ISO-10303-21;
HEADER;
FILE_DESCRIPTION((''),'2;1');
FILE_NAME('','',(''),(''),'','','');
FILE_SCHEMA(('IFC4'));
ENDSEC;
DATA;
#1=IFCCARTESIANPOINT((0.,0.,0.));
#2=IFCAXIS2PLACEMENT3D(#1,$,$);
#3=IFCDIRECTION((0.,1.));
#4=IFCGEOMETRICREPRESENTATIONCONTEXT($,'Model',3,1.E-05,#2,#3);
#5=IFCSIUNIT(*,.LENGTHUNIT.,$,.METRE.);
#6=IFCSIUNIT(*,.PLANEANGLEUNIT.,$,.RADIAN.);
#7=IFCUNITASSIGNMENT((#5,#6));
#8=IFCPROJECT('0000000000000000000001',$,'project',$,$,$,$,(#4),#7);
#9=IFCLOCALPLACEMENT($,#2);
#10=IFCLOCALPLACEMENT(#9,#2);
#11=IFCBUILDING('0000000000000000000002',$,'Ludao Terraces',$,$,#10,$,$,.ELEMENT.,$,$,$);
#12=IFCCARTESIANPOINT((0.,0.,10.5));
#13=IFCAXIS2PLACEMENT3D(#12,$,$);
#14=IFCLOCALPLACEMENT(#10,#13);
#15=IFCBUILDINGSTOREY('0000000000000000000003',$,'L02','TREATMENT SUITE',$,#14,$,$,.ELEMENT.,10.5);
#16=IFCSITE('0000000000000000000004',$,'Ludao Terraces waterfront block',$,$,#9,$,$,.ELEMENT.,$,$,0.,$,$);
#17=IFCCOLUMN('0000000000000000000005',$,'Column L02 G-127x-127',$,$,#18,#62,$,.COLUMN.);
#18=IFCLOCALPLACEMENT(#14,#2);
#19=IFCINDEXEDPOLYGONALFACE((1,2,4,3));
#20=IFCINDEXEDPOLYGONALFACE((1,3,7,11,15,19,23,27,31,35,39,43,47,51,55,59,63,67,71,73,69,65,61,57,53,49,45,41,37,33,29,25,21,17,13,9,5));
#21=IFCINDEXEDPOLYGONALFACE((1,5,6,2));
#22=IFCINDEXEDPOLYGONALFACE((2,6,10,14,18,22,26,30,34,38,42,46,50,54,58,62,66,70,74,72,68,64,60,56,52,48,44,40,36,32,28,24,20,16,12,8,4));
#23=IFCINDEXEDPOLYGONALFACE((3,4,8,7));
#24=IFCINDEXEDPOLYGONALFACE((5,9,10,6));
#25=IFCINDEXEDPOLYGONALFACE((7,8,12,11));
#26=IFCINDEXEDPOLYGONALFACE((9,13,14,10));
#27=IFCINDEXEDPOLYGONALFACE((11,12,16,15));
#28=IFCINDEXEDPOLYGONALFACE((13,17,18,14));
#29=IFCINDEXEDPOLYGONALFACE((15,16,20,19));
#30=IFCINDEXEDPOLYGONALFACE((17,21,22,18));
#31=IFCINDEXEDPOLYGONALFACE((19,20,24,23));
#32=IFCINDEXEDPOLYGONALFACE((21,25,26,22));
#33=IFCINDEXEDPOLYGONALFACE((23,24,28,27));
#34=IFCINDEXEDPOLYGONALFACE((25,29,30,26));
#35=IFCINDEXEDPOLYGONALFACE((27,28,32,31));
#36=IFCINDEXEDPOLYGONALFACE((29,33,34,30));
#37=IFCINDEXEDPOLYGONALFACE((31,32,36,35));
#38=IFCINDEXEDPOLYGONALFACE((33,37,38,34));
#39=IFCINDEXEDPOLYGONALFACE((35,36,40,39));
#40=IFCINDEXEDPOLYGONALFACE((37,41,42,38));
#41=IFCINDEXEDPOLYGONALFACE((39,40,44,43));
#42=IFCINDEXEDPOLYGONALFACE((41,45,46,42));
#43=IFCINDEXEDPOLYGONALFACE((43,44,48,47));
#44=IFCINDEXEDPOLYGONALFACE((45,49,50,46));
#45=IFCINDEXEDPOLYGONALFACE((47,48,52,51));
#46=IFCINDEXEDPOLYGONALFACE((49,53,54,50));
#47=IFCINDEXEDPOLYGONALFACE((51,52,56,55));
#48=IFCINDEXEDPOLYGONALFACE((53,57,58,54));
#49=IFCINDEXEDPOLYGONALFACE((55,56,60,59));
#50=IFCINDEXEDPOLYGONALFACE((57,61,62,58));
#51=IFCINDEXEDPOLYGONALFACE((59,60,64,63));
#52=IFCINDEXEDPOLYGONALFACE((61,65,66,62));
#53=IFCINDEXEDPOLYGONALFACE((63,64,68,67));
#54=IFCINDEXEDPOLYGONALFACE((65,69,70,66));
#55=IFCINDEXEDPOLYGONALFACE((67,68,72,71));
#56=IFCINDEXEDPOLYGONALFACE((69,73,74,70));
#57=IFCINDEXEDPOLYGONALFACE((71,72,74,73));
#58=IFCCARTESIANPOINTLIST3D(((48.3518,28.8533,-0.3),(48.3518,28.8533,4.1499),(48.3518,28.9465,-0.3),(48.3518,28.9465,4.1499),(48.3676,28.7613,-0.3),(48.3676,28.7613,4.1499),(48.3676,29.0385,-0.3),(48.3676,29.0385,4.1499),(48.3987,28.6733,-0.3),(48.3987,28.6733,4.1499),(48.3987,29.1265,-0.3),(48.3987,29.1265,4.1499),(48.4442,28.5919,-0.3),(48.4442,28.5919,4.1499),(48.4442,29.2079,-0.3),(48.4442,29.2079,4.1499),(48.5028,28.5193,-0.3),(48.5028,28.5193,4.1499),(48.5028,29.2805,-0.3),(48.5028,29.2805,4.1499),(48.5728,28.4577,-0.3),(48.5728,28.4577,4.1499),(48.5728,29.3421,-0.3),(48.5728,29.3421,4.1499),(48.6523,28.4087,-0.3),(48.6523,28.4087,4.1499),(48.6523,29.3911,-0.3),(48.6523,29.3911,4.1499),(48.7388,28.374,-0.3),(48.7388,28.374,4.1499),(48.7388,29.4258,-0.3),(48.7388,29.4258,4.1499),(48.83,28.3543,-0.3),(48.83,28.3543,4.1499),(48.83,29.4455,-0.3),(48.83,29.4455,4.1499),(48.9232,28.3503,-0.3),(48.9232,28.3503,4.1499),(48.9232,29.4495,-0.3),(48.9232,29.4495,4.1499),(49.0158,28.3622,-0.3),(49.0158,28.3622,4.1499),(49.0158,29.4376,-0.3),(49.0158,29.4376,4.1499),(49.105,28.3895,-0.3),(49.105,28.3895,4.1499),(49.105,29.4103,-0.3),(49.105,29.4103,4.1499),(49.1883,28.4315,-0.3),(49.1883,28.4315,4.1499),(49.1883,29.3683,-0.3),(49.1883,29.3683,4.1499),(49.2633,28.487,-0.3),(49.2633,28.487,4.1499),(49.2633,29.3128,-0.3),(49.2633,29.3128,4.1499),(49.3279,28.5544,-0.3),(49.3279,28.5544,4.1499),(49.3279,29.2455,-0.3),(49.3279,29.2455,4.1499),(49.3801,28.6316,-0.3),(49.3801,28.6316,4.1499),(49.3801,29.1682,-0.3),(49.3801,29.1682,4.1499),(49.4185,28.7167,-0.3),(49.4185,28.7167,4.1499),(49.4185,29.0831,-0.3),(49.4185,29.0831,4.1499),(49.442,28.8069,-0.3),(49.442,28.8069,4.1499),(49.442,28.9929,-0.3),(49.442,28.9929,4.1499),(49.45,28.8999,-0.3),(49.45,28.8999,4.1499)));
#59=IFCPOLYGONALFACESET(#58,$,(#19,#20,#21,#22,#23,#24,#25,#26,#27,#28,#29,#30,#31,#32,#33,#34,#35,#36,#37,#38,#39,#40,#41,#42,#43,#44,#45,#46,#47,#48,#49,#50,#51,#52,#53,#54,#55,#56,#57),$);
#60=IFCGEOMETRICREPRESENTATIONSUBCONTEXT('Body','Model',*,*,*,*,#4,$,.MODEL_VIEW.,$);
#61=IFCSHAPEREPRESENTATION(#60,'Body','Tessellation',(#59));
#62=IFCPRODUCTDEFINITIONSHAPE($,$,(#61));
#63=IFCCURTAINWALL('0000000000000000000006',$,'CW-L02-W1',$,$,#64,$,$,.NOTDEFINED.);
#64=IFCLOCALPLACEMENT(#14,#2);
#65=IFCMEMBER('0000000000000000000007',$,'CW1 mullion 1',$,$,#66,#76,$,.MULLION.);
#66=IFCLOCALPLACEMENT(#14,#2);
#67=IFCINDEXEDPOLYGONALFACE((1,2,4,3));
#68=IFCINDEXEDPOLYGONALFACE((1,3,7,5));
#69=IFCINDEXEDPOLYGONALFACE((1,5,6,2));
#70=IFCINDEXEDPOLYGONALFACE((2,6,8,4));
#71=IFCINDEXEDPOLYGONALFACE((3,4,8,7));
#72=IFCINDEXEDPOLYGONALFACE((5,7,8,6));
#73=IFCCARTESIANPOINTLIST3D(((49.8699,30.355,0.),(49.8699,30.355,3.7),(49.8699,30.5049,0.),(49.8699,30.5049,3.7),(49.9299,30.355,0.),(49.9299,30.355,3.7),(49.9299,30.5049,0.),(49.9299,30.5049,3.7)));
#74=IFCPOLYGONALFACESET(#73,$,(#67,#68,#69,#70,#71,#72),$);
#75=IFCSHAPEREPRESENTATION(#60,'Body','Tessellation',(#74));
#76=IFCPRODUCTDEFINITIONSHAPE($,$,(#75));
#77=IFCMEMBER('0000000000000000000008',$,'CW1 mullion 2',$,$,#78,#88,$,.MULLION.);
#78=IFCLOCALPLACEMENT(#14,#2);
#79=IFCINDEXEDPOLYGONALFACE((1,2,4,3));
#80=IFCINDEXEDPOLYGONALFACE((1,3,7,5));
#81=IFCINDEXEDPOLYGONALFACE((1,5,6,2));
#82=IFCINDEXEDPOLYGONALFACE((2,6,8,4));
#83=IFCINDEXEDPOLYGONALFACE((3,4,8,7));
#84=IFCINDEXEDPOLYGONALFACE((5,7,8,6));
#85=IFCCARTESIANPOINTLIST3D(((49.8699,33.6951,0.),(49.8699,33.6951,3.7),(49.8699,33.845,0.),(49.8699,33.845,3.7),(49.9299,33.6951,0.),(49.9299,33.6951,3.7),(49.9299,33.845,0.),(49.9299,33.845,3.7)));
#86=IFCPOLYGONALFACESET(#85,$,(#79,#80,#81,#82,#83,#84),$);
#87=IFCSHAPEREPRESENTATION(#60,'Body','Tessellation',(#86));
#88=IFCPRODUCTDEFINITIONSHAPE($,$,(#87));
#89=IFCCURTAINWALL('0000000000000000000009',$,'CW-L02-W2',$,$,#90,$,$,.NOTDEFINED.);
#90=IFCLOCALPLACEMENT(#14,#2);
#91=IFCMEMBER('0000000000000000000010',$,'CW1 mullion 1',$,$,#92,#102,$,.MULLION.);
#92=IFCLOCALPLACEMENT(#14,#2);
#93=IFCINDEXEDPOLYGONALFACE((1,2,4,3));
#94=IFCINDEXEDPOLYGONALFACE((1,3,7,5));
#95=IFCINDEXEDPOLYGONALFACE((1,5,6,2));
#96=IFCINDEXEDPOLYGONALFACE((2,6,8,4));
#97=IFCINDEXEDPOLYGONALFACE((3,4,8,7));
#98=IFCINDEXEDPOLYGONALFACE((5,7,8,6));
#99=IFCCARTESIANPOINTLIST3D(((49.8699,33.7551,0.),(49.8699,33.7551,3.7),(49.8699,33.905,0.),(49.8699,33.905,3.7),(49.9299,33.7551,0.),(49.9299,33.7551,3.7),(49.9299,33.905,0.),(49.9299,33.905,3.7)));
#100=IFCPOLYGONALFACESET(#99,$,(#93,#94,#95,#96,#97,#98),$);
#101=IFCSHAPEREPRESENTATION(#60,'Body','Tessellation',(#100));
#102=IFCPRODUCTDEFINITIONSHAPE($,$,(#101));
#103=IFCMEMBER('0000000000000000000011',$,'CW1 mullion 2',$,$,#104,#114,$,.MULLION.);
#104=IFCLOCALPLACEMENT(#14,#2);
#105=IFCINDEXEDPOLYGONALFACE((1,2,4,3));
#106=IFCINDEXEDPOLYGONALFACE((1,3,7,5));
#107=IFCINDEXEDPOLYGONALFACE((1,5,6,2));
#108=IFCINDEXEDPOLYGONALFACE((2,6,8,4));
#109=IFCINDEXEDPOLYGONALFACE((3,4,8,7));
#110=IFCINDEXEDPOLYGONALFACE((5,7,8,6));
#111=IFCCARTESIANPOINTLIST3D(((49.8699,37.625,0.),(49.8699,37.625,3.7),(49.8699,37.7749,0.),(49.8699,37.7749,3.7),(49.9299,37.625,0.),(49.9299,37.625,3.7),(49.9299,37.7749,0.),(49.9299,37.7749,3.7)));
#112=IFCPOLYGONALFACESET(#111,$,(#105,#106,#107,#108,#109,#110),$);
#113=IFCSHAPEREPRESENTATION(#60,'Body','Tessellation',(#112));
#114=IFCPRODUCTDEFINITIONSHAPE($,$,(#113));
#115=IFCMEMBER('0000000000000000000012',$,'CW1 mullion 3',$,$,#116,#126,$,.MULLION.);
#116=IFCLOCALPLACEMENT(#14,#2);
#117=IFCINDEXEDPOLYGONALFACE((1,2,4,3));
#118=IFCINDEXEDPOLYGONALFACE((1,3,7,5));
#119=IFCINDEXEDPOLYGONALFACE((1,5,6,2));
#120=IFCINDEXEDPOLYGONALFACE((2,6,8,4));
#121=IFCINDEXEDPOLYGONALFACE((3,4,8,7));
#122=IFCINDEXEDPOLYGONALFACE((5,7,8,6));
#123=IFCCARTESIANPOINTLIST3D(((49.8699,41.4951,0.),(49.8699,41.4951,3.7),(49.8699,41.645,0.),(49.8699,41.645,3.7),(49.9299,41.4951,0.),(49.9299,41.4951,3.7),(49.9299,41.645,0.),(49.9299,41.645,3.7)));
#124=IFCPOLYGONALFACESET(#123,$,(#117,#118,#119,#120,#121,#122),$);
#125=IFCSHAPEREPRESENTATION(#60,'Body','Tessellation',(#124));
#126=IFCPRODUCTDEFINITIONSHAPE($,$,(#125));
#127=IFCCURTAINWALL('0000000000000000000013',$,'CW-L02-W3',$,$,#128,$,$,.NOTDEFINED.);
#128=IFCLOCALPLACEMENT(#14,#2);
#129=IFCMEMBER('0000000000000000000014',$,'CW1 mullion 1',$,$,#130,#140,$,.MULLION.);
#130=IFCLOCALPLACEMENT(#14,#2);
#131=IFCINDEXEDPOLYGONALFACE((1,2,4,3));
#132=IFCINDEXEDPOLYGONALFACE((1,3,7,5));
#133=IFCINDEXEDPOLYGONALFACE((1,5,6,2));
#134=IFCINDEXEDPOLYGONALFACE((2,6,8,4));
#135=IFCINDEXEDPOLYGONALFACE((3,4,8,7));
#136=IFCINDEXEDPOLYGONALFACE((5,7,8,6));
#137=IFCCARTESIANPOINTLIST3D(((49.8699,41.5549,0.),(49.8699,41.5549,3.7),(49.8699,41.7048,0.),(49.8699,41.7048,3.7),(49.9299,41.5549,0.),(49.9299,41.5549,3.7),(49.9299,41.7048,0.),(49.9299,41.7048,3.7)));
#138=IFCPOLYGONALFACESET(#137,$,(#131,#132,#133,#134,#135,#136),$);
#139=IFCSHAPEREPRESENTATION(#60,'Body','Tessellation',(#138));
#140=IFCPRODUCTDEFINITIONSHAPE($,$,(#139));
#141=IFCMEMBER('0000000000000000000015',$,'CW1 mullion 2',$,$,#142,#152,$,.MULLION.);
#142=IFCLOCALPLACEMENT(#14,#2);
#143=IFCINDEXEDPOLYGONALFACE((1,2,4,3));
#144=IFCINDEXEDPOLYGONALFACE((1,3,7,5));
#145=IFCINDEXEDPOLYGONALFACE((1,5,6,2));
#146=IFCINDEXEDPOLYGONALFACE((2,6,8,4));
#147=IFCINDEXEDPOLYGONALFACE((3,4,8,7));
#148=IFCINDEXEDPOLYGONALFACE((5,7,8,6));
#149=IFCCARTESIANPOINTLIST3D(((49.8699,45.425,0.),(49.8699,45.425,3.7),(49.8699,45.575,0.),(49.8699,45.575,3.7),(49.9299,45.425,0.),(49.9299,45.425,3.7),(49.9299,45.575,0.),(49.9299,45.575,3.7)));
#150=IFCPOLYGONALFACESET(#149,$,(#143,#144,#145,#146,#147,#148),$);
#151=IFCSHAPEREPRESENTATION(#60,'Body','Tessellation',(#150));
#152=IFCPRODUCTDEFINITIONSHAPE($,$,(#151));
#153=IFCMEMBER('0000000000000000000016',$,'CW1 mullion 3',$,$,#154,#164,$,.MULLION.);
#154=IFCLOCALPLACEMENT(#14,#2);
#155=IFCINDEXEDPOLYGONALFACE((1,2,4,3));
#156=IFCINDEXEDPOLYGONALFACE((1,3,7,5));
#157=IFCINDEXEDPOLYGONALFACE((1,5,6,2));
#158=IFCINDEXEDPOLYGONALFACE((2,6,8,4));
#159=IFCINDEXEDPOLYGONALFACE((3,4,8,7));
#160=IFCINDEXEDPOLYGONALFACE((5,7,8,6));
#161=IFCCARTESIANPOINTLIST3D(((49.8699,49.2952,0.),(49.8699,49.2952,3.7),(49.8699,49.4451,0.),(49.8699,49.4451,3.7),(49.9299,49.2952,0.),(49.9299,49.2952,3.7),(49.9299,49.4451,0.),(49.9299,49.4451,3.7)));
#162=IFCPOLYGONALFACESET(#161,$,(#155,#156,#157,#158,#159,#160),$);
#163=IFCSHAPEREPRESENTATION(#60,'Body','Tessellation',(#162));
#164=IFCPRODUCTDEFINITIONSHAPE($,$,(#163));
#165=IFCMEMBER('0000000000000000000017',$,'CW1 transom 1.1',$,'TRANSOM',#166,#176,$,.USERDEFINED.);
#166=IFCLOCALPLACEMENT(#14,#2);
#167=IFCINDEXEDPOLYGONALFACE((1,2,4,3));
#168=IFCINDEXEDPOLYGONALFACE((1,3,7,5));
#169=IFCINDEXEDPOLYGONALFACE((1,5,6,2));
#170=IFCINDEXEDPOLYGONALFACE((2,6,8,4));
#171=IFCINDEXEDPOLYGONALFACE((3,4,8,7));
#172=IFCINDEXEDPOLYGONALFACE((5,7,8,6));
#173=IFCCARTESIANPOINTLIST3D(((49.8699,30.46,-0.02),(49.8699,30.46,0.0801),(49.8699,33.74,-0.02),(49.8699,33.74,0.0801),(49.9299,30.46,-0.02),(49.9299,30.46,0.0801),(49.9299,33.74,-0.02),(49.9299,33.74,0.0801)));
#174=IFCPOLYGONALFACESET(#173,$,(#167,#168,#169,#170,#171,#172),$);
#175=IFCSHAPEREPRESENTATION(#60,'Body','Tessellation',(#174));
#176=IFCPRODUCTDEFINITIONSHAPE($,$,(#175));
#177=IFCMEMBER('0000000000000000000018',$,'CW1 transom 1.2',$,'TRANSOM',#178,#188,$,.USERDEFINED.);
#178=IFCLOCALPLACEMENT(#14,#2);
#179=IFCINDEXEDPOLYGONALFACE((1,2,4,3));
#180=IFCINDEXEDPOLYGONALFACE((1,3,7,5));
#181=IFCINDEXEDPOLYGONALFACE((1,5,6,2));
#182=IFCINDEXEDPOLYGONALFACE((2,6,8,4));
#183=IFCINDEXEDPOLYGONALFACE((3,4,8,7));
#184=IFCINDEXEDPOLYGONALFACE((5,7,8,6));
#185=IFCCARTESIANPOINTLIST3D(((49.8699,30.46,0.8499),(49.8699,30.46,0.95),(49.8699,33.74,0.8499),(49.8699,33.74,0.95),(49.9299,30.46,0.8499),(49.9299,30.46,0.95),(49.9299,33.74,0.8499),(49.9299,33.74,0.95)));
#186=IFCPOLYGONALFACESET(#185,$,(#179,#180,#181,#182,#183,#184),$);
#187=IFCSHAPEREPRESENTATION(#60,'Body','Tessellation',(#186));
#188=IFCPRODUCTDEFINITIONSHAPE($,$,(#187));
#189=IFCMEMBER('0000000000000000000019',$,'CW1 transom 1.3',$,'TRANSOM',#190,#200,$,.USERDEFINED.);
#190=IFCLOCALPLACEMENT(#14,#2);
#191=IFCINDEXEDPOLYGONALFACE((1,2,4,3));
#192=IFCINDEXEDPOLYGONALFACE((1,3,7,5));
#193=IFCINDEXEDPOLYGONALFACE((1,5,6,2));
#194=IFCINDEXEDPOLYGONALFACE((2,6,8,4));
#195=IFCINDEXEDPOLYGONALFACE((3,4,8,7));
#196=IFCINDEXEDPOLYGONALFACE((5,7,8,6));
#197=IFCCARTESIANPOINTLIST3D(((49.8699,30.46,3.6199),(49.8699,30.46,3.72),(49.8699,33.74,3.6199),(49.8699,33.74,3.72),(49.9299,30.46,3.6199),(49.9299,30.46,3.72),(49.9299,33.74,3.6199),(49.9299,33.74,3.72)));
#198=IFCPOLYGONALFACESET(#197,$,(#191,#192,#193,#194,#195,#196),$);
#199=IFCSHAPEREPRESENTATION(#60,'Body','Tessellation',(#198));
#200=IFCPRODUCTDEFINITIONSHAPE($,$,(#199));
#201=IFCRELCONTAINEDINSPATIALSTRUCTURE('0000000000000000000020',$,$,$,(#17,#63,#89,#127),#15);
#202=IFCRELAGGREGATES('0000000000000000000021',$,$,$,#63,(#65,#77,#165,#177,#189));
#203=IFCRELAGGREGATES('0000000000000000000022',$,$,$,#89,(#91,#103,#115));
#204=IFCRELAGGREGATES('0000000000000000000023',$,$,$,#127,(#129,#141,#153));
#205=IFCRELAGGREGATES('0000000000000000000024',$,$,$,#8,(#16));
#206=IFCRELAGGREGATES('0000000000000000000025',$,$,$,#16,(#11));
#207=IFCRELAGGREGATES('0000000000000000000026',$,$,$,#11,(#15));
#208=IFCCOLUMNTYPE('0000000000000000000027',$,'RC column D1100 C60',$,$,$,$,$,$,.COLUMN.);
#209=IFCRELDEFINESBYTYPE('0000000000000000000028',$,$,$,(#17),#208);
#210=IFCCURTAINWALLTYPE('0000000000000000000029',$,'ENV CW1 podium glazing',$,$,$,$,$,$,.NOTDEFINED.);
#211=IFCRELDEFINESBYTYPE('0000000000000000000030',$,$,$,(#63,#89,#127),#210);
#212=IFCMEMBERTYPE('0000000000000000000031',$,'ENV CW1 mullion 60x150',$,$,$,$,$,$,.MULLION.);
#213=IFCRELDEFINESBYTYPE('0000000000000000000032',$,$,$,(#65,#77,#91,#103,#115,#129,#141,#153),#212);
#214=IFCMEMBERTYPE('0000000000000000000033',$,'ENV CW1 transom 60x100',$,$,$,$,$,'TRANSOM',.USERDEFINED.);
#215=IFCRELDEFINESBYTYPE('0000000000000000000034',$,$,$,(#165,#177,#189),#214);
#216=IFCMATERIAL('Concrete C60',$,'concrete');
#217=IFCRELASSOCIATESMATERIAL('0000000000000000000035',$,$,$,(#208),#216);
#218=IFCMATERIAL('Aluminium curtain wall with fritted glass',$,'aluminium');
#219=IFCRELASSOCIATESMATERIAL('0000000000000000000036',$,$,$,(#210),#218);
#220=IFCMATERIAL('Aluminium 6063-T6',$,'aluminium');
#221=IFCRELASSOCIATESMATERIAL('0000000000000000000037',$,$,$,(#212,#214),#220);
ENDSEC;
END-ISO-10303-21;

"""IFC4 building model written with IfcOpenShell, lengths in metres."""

from ifc_helpers import new_model, si_unit, direction, frame, origin, origin_2d, place, context, subcontext, project, spatial, rectangle, circle, extrude, material, material_profile, profile_set, type_object, element, aggregate, save


model = new_model("IFC4")

# Units and contexts
model_context = context("Model", 3, precision=1e-05, world=origin(), true_north=direction((0.0, 1.0)))
body_context = subcontext(model_context, "Body", "Model", "MODEL_VIEW")
ifc_project = project(units=[si_unit("LENGTHUNIT", "METRE"), si_unit("PLANEANGLEUNIT", "RADIAN")], contexts=[model_context])

# Site, building, storey
site_placement = place(None, origin())
site = spatial("IfcSite", under=ifc_project, at=site_placement, Name="Ludao Terraces waterfront block", CompositionType="ELEMENT", RefElevation=0.0)
building_placement = place(site_placement, origin())
building = spatial("IfcBuilding", under=site, at=building_placement, Name="Ludao Terraces", CompositionType="ELEMENT")
storey_placement = place(building_placement, frame((0.0, 0.0, 10.5)))
storey = spatial("IfcBuildingStorey", under=building, at=storey_placement, Name="L02", Description="TREATMENT SUITE", CompositionType="ELEMENT", Elevation=10.5)

# Column
ifc_material_1 = material(Name="Concrete C60", Category="concrete")
ifc_material_profile_1 = material_profile(ifc_material_1, circle(Radius=0.55, at=origin_2d()), Name="D1100")
ifc_profile_set_1 = profile_set([ifc_material_profile_1], Name="Concrete C60")
column_type = type_object("IfcColumnType", Name="RC column D1100 C60", PredefinedType="COLUMN", material=ifc_profile_set_1)
column_placement = place(storey_placement, frame((48.8999, 28.8999, -0.3), z_axis=(0.0, 0.0, 1.0), x_axis=(1.0, 0.0, 0.0)))
element("IfcColumn", 1, at=column_placement, inside=storey, type_object=column_type, Name="Column L02 G-127x-127", PredefinedType="COLUMN", context=body_context, shape_type="SweptSolid", body=[
    extrude(circle(Radius=0.55, at=origin_2d()), origin(), (0.0, 0.0, 1.0), 4.45),
])

# Curtain walls, members
ifc_material_2 = material(Name="Aluminium curtain wall with fritted glass", Category="aluminium")
curtain_wall_type = type_object("IfcCurtainWallType", Name="ENV CW1 podium glazing", PredefinedType="NOTDEFINED", material=ifc_material_2)
curtain_wall_1_placement = place(storey_placement, origin())
curtain_wall_1 = element("IfcCurtainWall", 2, at=curtain_wall_1_placement, inside=storey, type_object=curtain_wall_type, Name="CW-L02-W1", PredefinedType="NOTDEFINED")
ifc_material_3 = material(Name="Aluminium 6063-T6", Category="aluminium")
ifc_material_profile_2 = material_profile(ifc_material_3, rectangle(XDim=0.0601, YDim=0.1499, at=origin_2d()), Name="60 X 150")
ifc_profile_set_2 = profile_set([ifc_material_profile_2], Name="Aluminium 6063-T6")
member_type_1 = type_object("IfcMemberType", Name="ENV CW1 mullion 60x150", PredefinedType="MULLION", material=ifc_profile_set_2)
member_1_placement = place(storey_placement, frame((49.8999, 30.4299, 0.0), z_axis=(0.0, 0.0, 1.0), x_axis=(-1.0, 0.0, 0.0)))
member_1 = element("IfcMember", 3, at=member_1_placement, type_object=member_type_1, Name="CW1 mullion 1", PredefinedType="MULLION", context=body_context, shape_type="SweptSolid", body=[
    extrude(rectangle(XDim=0.0601, YDim=0.1499, at=origin_2d()), origin(), (0.0, 0.0, 1.0), 3.7),
])
member_2_placement = place(storey_placement, frame((49.8999, 33.77, 0.0), z_axis=(0.0, 0.0, 1.0), x_axis=(-1.0, 0.0, 0.0)))
member_2 = element("IfcMember", 4, at=member_2_placement, type_object=member_type_1, Name="CW1 mullion 2", PredefinedType="MULLION", context=body_context, shape_type="SweptSolid", body=[
    extrude(rectangle(XDim=0.0601, YDim=0.1499, at=origin_2d()), origin(), (0.0, 0.0, 1.0), 3.7),
])
curtain_wall_2_placement = place(storey_placement, origin())
curtain_wall_2 = element("IfcCurtainWall", 5, at=curtain_wall_2_placement, inside=storey, type_object=curtain_wall_type, Name="CW-L02-W2", PredefinedType="NOTDEFINED")
member_3_placement = place(storey_placement, frame((49.8999, 33.8301, 0.0), z_axis=(0.0, 0.0, 1.0), x_axis=(-1.0, 0.0, 0.0)))
member_3 = element("IfcMember", 6, at=member_3_placement, type_object=member_type_1, Name="CW1 mullion 1", PredefinedType="MULLION", context=body_context, shape_type="SweptSolid", body=[
    extrude(rectangle(XDim=0.0601, YDim=0.1499, at=origin_2d()), origin(), (0.0, 0.0, 1.0), 3.7),
])
member_4_placement = place(storey_placement, frame((49.8999, 37.7, 0.0), z_axis=(0.0, 0.0, 1.0), x_axis=(-1.0, 0.0, 0.0)))
member_4 = element("IfcMember", 7, at=member_4_placement, type_object=member_type_1, Name="CW1 mullion 2", PredefinedType="MULLION", context=body_context, shape_type="SweptSolid", body=[
    extrude(rectangle(XDim=0.0601, YDim=0.1499, at=origin_2d()), origin(), (0.0, 0.0, 1.0), 3.7),
])
member_5_placement = place(storey_placement, frame((49.8999, 41.5701, 0.0), z_axis=(0.0, 0.0, 1.0), x_axis=(-1.0, 0.0, 0.0)))
member_5 = element("IfcMember", 8, at=member_5_placement, type_object=member_type_1, Name="CW1 mullion 3", PredefinedType="MULLION", context=body_context, shape_type="SweptSolid", body=[
    extrude(rectangle(XDim=0.0601, YDim=0.1499, at=origin_2d()), origin(), (0.0, 0.0, 1.0), 3.7),
])
curtain_wall_3_placement = place(storey_placement, origin())
curtain_wall_3 = element("IfcCurtainWall", 9, at=curtain_wall_3_placement, inside=storey, type_object=curtain_wall_type, Name="CW-L02-W3", PredefinedType="NOTDEFINED")
member_6_placement = place(storey_placement, frame((49.8999, 41.6299, 0.0), z_axis=(0.0, 0.0, 1.0), x_axis=(-1.0, 0.0, 0.0)))
member_6 = element("IfcMember", 10, at=member_6_placement, type_object=member_type_1, Name="CW1 mullion 1", PredefinedType="MULLION", context=body_context, shape_type="SweptSolid", body=[
    extrude(rectangle(XDim=0.0601, YDim=0.1499, at=origin_2d()), origin(), (0.0, 0.0, 1.0), 3.7),
])
member_7_placement = place(storey_placement, frame((49.8999, 45.5, 0.0), z_axis=(0.0, 0.0, 1.0), x_axis=(-1.0, 0.0, 0.0)))
member_7 = element("IfcMember", 11, at=member_7_placement, type_object=member_type_1, Name="CW1 mullion 2", PredefinedType="MULLION", context=body_context, shape_type="SweptSolid", body=[
    extrude(rectangle(XDim=0.0601, YDim=0.1499, at=origin_2d()), origin(), (0.0, 0.0, 1.0), 3.7),
])
member_8_placement = place(storey_placement, frame((49.8999, 49.3701, 0.0), z_axis=(0.0, 0.0, 1.0), x_axis=(-1.0, 0.0, 0.0)))
member_8 = element("IfcMember", 12, at=member_8_placement, type_object=member_type_1, Name="CW1 mullion 3", PredefinedType="MULLION", context=body_context, shape_type="SweptSolid", body=[
    extrude(rectangle(XDim=0.0601, YDim=0.1499, at=origin_2d()), origin(), (0.0, 0.0, 1.0), 3.7),
])

# Members
ifc_material_profile_3 = material_profile(ifc_material_3, rectangle(XDim=0.0601, YDim=0.1001, at=origin_2d()), Name="60 X 100")
ifc_profile_set_3 = profile_set([ifc_material_profile_3], Name="Aluminium 6063-T6")
member_type_2 = type_object("IfcMemberType", Name="ENV CW1 transom 60x100", ElementType="TRANSOM", PredefinedType="USERDEFINED", material=ifc_profile_set_3)
member_9_placement = place(storey_placement, frame((49.8999, 30.46, 0.03), z_axis=(0.0, 1.0, 0.0), x_axis=(-1.0, 0.0, 0.0)))
member_9 = element("IfcMember", 13, at=member_9_placement, type_object=member_type_2, Name="CW1 transom 1.1", ObjectType="TRANSOM", PredefinedType="USERDEFINED", context=body_context, shape_type="SweptSolid", body=[
    extrude(rectangle(XDim=0.0601, YDim=0.1001, at=origin_2d()), origin(), (0.0, 0.0, 1.0), 3.28),
])
member_10_placement = place(storey_placement, frame((49.8999, 30.46, 0.8999), z_axis=(0.0, 1.0, 0.0), x_axis=(-1.0, 0.0, 0.0)))
member_10 = element("IfcMember", 14, at=member_10_placement, type_object=member_type_2, Name="CW1 transom 1.2", ObjectType="TRANSOM", PredefinedType="USERDEFINED", context=body_context, shape_type="SweptSolid", body=[
    extrude(rectangle(XDim=0.0601, YDim=0.1001, at=origin_2d()), origin(), (0.0, 0.0, 1.0), 3.28),
])
member_11_placement = place(storey_placement, frame((49.8999, 30.46, 3.6699), z_axis=(0.0, 1.0, 0.0), x_axis=(-1.0, 0.0, 0.0)))
member_11 = element("IfcMember", 15, at=member_11_placement, type_object=member_type_2, Name="CW1 transom 1.3", ObjectType="TRANSOM", PredefinedType="USERDEFINED", context=body_context, shape_type="SweptSolid", body=[
    extrude(rectangle(XDim=0.0601, YDim=0.1001, at=origin_2d()), origin(), (0.0, 0.0, 1.0), 3.28),
])

aggregate(curtain_wall_1, [member_1, member_2, member_9, member_10, member_11])
aggregate(curtain_wall_2, [member_3, member_4, member_5])
aggregate(curtain_wall_3, [member_6, member_7, member_8])

save(model, "model.ifc")
